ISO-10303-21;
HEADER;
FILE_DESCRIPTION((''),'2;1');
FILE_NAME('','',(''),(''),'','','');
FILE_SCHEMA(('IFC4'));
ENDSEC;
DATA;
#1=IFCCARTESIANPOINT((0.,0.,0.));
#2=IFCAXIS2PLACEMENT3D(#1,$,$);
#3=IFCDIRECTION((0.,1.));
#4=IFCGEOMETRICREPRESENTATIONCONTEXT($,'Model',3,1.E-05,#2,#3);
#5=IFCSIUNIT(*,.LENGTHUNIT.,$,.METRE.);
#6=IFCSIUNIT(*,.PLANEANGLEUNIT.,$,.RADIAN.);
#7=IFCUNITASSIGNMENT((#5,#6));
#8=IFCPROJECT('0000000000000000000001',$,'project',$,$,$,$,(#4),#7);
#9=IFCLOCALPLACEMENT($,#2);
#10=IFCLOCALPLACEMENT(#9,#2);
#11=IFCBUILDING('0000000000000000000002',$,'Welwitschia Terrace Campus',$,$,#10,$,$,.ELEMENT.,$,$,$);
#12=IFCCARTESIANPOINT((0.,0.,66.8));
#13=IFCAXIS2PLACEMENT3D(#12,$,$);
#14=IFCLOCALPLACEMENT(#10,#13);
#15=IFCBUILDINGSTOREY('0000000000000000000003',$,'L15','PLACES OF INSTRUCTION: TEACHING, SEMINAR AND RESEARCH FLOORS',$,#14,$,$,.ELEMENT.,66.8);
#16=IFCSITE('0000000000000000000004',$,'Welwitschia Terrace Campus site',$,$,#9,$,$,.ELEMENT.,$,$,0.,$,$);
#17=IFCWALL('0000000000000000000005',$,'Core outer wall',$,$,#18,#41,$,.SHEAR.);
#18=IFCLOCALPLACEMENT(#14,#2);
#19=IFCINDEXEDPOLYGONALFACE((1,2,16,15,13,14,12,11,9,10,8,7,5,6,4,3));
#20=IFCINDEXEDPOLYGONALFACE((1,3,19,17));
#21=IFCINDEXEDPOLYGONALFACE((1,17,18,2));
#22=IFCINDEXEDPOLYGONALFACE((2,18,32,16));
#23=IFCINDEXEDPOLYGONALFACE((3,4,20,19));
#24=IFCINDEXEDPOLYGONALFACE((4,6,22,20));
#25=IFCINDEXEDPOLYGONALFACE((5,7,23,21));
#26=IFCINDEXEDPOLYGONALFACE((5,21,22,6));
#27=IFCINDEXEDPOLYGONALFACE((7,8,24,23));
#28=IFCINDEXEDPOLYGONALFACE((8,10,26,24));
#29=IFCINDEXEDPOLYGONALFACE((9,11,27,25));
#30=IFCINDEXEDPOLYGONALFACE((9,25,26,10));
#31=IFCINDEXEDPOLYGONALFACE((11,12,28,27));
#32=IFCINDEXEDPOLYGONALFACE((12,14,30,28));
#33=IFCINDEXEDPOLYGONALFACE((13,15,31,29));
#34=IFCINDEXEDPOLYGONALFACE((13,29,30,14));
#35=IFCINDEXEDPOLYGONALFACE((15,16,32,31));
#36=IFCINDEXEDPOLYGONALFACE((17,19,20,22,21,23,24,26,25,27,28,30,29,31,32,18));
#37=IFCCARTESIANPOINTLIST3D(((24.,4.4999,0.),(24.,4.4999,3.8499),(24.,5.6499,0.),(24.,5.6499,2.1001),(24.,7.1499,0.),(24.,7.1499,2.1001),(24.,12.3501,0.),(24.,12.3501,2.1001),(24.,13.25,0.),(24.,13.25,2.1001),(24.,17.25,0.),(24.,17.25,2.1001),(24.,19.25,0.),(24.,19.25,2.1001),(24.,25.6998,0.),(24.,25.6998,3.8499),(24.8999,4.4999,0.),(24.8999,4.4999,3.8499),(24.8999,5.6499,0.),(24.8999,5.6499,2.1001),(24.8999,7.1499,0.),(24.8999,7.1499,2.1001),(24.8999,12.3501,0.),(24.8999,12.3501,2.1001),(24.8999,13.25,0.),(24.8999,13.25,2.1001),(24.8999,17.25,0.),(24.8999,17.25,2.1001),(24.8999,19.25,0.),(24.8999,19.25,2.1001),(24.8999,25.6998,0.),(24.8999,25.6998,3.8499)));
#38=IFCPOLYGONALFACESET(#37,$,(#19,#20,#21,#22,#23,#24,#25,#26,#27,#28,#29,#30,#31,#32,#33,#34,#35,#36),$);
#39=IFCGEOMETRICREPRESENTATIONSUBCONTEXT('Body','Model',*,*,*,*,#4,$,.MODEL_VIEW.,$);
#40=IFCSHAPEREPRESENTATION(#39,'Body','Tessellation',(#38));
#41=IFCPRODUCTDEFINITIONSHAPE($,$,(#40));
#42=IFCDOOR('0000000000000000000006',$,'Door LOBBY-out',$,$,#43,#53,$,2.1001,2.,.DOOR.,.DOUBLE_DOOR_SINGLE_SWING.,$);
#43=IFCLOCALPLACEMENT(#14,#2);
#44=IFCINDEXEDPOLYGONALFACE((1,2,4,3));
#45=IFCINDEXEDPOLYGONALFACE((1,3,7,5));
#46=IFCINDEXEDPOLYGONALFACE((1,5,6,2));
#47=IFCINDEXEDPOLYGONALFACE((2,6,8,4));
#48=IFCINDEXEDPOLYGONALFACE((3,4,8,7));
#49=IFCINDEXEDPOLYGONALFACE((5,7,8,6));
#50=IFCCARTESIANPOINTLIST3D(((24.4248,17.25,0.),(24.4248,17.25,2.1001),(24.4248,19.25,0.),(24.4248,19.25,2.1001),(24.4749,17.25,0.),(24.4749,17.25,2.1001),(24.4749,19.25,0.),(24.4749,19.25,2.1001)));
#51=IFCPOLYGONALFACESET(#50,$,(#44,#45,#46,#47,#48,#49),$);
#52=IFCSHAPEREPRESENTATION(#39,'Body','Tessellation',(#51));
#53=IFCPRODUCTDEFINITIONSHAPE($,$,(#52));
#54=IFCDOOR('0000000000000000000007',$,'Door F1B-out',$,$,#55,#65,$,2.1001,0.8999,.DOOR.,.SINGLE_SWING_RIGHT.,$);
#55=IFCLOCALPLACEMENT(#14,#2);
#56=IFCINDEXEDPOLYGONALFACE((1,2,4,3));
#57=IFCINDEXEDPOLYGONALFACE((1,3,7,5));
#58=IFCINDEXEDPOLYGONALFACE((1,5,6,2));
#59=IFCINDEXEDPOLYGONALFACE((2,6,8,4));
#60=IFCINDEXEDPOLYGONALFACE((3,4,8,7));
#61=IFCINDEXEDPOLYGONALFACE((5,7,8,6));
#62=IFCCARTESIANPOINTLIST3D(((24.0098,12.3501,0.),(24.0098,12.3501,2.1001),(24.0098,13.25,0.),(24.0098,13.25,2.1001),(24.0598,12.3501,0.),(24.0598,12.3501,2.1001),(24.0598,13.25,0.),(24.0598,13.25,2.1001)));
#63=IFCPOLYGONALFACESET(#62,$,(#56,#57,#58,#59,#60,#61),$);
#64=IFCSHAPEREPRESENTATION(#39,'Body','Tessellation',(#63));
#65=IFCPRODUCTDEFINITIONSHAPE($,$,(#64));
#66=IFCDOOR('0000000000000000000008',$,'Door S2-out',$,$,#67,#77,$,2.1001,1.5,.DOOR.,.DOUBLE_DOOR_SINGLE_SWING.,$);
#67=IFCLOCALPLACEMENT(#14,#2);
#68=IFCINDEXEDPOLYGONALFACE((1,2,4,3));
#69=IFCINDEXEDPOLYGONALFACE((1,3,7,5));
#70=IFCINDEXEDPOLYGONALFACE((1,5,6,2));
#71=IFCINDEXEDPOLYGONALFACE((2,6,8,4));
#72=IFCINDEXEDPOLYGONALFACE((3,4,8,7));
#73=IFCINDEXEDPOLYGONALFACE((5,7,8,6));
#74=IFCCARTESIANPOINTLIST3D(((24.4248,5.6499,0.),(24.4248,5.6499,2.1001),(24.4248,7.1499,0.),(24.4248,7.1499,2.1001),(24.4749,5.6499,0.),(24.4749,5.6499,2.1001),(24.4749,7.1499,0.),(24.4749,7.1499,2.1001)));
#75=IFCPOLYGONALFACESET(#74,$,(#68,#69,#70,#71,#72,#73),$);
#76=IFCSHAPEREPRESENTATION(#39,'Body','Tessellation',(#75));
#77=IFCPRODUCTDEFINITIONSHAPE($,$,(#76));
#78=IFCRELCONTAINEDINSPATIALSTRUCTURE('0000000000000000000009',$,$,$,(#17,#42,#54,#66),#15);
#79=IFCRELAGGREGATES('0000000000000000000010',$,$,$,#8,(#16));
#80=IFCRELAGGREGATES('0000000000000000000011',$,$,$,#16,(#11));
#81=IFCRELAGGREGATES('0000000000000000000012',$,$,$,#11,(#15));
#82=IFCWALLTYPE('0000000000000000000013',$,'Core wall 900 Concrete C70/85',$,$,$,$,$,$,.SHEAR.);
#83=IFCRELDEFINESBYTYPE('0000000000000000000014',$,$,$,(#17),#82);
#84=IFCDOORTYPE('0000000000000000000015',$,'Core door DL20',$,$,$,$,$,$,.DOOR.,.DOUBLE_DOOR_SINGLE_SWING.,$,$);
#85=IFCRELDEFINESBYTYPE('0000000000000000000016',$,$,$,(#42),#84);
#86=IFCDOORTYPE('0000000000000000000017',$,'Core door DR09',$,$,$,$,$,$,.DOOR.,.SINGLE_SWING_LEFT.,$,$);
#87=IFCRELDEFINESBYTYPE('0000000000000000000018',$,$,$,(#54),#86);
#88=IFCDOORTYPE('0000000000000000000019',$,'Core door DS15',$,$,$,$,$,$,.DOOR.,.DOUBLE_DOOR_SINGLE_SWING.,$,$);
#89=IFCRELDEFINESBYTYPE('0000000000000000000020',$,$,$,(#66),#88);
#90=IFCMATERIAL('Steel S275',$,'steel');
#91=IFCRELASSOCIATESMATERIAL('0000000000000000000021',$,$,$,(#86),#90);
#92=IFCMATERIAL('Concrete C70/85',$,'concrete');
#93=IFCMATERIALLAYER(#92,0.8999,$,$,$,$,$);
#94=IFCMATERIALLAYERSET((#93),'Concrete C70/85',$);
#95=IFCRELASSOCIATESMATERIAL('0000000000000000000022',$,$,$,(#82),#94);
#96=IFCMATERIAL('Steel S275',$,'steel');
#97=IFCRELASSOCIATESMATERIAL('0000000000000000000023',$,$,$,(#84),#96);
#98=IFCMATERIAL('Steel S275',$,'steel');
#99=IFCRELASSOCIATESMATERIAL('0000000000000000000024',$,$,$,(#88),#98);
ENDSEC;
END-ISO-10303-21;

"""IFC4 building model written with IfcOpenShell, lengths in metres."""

from ifc_helpers import new_model, si_unit, direction, frame, frame_2d, origin, place, context, subcontext, project, spatial, rectangle, extrude, material, layer, layer_set, type_object, element, fill, save


model = new_model("IFC4")

# Units and contexts
model_context = context("Model", 3, precision=1e-05, world=origin(), true_north=direction((0.0, 1.0)))
body_context = subcontext(model_context, "Body", "Model", "MODEL_VIEW")
ifc_project = project(units=[si_unit("LENGTHUNIT", "METRE"), si_unit("PLANEANGLEUNIT", "RADIAN")], contexts=[model_context])

# Site, building, storey
site_placement = place(None, origin())
site = spatial("IfcSite", under=ifc_project, at=site_placement, Name="Welwitschia Terrace Campus site", CompositionType="ELEMENT", RefElevation=0.0)
building_placement = place(site_placement, origin())
building = spatial("IfcBuilding", under=site, at=building_placement, Name="Welwitschia Terrace Campus", CompositionType="ELEMENT")
storey_placement = place(building_placement, frame((0.0, 0.0, 66.8)))
storey = spatial("IfcBuildingStorey", under=building, at=storey_placement, Name="L15", Description="PLACES OF INSTRUCTION: TEACHING, SEMINAR AND RESEARCH FLOORS", CompositionType="ELEMENT", Elevation=66.8)

# Shared definitions
ifc_material_1 = material(Name="Steel S275", Category="steel")
door_type_1 = type_object("IfcDoorType", Name="Core door DR09", OperationType="SINGLE_SWING_LEFT", PredefinedType="DOOR", material=ifc_material_1)

# Wall, openings, doors
ifc_material_2 = material(Name="Concrete C70/85", Category="concrete")
ifc_layer_1 = layer(ifc_material_2, 0.8999)
ifc_layer_set_1 = layer_set([ifc_layer_1], Name="Concrete C70/85")
wall_type_1 = type_object("IfcWallType", Name="Core wall 900 Concrete C70/85", PredefinedType="SHEAR", material=ifc_layer_set_1)
wall_1_placement = place(storey_placement, frame((24.45, 25.7, 0.0), z_axis=(0.0, 0.0, 1.0), x_axis=(0.0, -1.0, 0.0)))
wall_1 = element("IfcWall", 1, at=wall_1_placement, inside=storey, type_object=wall_type_1, Name="Core outer wall", PredefinedType="SHEAR", context=body_context, shape_type="SweptSolid", body=[
    extrude(rectangle(XDim=21.2, YDim=0.8999, at=frame_2d((10.6001, 0.0))), origin(), (0.0, 0.0, 1.0), 3.8499),
])
opening_1_placement = place(wall_1_placement, frame((18.55, 0.0, 0.0)))
opening_1 = element("IfcOpeningElement", 2, at=opening_1_placement, cuts=wall_1, PredefinedType="OPENING", context=body_context, shape_type="SweptSolid", body=[
    extrude(rectangle(XDim=1.5, YDim=2.1001, at=frame_2d((0.75, 1.05))), frame((0.0, 0.46, 0.0), z_axis=(0.0, -1.0, 0.0), x_axis=(1.0, 0.0, 0.0)), (0.0, 0.0, 1.0), 0.9199),
])
opening_2_placement = place(wall_1_placement, frame((12.45, 0.0, 0.0)))
opening_2 = element("IfcOpeningElement", 3, at=opening_2_placement, cuts=wall_1, PredefinedType="OPENING", context=body_context, shape_type="SweptSolid", body=[
    extrude(rectangle(XDim=0.8999, YDim=2.1001, at=frame_2d((0.45, 1.05))), frame((0.0, 0.46, 0.0), z_axis=(0.0, -1.0, 0.0), x_axis=(1.0, 0.0, 0.0)), (0.0, 0.0, 1.0), 0.9199),
])
opening_3_placement = place(wall_1_placement, frame((6.45, 0.0, 0.0)))
opening_3 = element("IfcOpeningElement", 4, at=opening_3_placement, cuts=wall_1, PredefinedType="OPENING", context=body_context, shape_type="SweptSolid", body=[
    extrude(rectangle(XDim=2.0, YDim=2.1001, at=frame_2d((1.0, 1.05))), frame((0.0, 0.46, 0.0), z_axis=(0.0, -1.0, 0.0), x_axis=(1.0, 0.0, 0.0)), (0.0, 0.0, 1.0), 0.9199),
])
ifc_material_3 = material(Name="Steel S275", Category="steel")
door_type_2 = type_object("IfcDoorType", Name="Core door DL20", OperationType="DOUBLE_DOOR_SINGLE_SWING", PredefinedType="DOOR", material=ifc_material_3)
door_1_placement = place(opening_3_placement, origin())
door_1 = element("IfcDoor", 5, at=door_1_placement, inside=storey, type_object=door_type_2, Name="Door LOBBY-out", OperationType="DOUBLE_DOOR_SINGLE_SWING", OverallHeight=2.1001, OverallWidth=2.0, PredefinedType="DOOR", context=body_context, shape_type="SweptSolid", body=[
    extrude(rectangle(XDim=2.0, YDim=2.1001, at=frame_2d((1.0, 1.05))), frame((0.0, 0.0249, 0.0), z_axis=(0.0, -1.0, 0.0), x_axis=(1.0, 0.0, 0.0)), (0.0, 0.0, 1.0), 0.05),
])
fill(opening_3, door_1)
door_2_placement = place(opening_2_placement, origin())
door_2 = element("IfcDoor", 6, at=door_2_placement, inside=storey, type_object=door_type_1, Name="Door F1B-out", OperationType="SINGLE_SWING_RIGHT", OverallHeight=2.1001, OverallWidth=0.8999, PredefinedType="DOOR", context=body_context, shape_type="SweptSolid", body=[
    extrude(rectangle(XDim=0.8999, YDim=2.1001, at=frame_2d((0.45, 1.05))), frame((0.0, -0.3901, 0.0), z_axis=(0.0, -1.0, 0.0), x_axis=(1.0, 0.0, 0.0)), (0.0, 0.0, 1.0), 0.05),
])
fill(opening_2, door_2)
ifc_material_4 = material(Name="Steel S275", Category="steel")
door_type_3 = type_object("IfcDoorType", Name="Core door DS15", OperationType="DOUBLE_DOOR_SINGLE_SWING", PredefinedType="DOOR", material=ifc_material_4)
door_3_placement = place(opening_1_placement, origin())
door_3 = element("IfcDoor", 7, at=door_3_placement, inside=storey, type_object=door_type_3, Name="Door S2-out", OperationType="DOUBLE_DOOR_SINGLE_SWING", OverallHeight=2.1001, OverallWidth=1.5, PredefinedType="DOOR", context=body_context, shape_type="SweptSolid", body=[
    extrude(rectangle(XDim=1.5, YDim=2.1001, at=frame_2d((0.75, 1.05))), frame((0.0, 0.0249, 0.0), z_axis=(0.0, -1.0, 0.0), x_axis=(1.0, 0.0, 0.0)), (0.0, 0.0, 1.0), 0.05),
])
fill(opening_1, door_3)

save(model, "model.ifc")
